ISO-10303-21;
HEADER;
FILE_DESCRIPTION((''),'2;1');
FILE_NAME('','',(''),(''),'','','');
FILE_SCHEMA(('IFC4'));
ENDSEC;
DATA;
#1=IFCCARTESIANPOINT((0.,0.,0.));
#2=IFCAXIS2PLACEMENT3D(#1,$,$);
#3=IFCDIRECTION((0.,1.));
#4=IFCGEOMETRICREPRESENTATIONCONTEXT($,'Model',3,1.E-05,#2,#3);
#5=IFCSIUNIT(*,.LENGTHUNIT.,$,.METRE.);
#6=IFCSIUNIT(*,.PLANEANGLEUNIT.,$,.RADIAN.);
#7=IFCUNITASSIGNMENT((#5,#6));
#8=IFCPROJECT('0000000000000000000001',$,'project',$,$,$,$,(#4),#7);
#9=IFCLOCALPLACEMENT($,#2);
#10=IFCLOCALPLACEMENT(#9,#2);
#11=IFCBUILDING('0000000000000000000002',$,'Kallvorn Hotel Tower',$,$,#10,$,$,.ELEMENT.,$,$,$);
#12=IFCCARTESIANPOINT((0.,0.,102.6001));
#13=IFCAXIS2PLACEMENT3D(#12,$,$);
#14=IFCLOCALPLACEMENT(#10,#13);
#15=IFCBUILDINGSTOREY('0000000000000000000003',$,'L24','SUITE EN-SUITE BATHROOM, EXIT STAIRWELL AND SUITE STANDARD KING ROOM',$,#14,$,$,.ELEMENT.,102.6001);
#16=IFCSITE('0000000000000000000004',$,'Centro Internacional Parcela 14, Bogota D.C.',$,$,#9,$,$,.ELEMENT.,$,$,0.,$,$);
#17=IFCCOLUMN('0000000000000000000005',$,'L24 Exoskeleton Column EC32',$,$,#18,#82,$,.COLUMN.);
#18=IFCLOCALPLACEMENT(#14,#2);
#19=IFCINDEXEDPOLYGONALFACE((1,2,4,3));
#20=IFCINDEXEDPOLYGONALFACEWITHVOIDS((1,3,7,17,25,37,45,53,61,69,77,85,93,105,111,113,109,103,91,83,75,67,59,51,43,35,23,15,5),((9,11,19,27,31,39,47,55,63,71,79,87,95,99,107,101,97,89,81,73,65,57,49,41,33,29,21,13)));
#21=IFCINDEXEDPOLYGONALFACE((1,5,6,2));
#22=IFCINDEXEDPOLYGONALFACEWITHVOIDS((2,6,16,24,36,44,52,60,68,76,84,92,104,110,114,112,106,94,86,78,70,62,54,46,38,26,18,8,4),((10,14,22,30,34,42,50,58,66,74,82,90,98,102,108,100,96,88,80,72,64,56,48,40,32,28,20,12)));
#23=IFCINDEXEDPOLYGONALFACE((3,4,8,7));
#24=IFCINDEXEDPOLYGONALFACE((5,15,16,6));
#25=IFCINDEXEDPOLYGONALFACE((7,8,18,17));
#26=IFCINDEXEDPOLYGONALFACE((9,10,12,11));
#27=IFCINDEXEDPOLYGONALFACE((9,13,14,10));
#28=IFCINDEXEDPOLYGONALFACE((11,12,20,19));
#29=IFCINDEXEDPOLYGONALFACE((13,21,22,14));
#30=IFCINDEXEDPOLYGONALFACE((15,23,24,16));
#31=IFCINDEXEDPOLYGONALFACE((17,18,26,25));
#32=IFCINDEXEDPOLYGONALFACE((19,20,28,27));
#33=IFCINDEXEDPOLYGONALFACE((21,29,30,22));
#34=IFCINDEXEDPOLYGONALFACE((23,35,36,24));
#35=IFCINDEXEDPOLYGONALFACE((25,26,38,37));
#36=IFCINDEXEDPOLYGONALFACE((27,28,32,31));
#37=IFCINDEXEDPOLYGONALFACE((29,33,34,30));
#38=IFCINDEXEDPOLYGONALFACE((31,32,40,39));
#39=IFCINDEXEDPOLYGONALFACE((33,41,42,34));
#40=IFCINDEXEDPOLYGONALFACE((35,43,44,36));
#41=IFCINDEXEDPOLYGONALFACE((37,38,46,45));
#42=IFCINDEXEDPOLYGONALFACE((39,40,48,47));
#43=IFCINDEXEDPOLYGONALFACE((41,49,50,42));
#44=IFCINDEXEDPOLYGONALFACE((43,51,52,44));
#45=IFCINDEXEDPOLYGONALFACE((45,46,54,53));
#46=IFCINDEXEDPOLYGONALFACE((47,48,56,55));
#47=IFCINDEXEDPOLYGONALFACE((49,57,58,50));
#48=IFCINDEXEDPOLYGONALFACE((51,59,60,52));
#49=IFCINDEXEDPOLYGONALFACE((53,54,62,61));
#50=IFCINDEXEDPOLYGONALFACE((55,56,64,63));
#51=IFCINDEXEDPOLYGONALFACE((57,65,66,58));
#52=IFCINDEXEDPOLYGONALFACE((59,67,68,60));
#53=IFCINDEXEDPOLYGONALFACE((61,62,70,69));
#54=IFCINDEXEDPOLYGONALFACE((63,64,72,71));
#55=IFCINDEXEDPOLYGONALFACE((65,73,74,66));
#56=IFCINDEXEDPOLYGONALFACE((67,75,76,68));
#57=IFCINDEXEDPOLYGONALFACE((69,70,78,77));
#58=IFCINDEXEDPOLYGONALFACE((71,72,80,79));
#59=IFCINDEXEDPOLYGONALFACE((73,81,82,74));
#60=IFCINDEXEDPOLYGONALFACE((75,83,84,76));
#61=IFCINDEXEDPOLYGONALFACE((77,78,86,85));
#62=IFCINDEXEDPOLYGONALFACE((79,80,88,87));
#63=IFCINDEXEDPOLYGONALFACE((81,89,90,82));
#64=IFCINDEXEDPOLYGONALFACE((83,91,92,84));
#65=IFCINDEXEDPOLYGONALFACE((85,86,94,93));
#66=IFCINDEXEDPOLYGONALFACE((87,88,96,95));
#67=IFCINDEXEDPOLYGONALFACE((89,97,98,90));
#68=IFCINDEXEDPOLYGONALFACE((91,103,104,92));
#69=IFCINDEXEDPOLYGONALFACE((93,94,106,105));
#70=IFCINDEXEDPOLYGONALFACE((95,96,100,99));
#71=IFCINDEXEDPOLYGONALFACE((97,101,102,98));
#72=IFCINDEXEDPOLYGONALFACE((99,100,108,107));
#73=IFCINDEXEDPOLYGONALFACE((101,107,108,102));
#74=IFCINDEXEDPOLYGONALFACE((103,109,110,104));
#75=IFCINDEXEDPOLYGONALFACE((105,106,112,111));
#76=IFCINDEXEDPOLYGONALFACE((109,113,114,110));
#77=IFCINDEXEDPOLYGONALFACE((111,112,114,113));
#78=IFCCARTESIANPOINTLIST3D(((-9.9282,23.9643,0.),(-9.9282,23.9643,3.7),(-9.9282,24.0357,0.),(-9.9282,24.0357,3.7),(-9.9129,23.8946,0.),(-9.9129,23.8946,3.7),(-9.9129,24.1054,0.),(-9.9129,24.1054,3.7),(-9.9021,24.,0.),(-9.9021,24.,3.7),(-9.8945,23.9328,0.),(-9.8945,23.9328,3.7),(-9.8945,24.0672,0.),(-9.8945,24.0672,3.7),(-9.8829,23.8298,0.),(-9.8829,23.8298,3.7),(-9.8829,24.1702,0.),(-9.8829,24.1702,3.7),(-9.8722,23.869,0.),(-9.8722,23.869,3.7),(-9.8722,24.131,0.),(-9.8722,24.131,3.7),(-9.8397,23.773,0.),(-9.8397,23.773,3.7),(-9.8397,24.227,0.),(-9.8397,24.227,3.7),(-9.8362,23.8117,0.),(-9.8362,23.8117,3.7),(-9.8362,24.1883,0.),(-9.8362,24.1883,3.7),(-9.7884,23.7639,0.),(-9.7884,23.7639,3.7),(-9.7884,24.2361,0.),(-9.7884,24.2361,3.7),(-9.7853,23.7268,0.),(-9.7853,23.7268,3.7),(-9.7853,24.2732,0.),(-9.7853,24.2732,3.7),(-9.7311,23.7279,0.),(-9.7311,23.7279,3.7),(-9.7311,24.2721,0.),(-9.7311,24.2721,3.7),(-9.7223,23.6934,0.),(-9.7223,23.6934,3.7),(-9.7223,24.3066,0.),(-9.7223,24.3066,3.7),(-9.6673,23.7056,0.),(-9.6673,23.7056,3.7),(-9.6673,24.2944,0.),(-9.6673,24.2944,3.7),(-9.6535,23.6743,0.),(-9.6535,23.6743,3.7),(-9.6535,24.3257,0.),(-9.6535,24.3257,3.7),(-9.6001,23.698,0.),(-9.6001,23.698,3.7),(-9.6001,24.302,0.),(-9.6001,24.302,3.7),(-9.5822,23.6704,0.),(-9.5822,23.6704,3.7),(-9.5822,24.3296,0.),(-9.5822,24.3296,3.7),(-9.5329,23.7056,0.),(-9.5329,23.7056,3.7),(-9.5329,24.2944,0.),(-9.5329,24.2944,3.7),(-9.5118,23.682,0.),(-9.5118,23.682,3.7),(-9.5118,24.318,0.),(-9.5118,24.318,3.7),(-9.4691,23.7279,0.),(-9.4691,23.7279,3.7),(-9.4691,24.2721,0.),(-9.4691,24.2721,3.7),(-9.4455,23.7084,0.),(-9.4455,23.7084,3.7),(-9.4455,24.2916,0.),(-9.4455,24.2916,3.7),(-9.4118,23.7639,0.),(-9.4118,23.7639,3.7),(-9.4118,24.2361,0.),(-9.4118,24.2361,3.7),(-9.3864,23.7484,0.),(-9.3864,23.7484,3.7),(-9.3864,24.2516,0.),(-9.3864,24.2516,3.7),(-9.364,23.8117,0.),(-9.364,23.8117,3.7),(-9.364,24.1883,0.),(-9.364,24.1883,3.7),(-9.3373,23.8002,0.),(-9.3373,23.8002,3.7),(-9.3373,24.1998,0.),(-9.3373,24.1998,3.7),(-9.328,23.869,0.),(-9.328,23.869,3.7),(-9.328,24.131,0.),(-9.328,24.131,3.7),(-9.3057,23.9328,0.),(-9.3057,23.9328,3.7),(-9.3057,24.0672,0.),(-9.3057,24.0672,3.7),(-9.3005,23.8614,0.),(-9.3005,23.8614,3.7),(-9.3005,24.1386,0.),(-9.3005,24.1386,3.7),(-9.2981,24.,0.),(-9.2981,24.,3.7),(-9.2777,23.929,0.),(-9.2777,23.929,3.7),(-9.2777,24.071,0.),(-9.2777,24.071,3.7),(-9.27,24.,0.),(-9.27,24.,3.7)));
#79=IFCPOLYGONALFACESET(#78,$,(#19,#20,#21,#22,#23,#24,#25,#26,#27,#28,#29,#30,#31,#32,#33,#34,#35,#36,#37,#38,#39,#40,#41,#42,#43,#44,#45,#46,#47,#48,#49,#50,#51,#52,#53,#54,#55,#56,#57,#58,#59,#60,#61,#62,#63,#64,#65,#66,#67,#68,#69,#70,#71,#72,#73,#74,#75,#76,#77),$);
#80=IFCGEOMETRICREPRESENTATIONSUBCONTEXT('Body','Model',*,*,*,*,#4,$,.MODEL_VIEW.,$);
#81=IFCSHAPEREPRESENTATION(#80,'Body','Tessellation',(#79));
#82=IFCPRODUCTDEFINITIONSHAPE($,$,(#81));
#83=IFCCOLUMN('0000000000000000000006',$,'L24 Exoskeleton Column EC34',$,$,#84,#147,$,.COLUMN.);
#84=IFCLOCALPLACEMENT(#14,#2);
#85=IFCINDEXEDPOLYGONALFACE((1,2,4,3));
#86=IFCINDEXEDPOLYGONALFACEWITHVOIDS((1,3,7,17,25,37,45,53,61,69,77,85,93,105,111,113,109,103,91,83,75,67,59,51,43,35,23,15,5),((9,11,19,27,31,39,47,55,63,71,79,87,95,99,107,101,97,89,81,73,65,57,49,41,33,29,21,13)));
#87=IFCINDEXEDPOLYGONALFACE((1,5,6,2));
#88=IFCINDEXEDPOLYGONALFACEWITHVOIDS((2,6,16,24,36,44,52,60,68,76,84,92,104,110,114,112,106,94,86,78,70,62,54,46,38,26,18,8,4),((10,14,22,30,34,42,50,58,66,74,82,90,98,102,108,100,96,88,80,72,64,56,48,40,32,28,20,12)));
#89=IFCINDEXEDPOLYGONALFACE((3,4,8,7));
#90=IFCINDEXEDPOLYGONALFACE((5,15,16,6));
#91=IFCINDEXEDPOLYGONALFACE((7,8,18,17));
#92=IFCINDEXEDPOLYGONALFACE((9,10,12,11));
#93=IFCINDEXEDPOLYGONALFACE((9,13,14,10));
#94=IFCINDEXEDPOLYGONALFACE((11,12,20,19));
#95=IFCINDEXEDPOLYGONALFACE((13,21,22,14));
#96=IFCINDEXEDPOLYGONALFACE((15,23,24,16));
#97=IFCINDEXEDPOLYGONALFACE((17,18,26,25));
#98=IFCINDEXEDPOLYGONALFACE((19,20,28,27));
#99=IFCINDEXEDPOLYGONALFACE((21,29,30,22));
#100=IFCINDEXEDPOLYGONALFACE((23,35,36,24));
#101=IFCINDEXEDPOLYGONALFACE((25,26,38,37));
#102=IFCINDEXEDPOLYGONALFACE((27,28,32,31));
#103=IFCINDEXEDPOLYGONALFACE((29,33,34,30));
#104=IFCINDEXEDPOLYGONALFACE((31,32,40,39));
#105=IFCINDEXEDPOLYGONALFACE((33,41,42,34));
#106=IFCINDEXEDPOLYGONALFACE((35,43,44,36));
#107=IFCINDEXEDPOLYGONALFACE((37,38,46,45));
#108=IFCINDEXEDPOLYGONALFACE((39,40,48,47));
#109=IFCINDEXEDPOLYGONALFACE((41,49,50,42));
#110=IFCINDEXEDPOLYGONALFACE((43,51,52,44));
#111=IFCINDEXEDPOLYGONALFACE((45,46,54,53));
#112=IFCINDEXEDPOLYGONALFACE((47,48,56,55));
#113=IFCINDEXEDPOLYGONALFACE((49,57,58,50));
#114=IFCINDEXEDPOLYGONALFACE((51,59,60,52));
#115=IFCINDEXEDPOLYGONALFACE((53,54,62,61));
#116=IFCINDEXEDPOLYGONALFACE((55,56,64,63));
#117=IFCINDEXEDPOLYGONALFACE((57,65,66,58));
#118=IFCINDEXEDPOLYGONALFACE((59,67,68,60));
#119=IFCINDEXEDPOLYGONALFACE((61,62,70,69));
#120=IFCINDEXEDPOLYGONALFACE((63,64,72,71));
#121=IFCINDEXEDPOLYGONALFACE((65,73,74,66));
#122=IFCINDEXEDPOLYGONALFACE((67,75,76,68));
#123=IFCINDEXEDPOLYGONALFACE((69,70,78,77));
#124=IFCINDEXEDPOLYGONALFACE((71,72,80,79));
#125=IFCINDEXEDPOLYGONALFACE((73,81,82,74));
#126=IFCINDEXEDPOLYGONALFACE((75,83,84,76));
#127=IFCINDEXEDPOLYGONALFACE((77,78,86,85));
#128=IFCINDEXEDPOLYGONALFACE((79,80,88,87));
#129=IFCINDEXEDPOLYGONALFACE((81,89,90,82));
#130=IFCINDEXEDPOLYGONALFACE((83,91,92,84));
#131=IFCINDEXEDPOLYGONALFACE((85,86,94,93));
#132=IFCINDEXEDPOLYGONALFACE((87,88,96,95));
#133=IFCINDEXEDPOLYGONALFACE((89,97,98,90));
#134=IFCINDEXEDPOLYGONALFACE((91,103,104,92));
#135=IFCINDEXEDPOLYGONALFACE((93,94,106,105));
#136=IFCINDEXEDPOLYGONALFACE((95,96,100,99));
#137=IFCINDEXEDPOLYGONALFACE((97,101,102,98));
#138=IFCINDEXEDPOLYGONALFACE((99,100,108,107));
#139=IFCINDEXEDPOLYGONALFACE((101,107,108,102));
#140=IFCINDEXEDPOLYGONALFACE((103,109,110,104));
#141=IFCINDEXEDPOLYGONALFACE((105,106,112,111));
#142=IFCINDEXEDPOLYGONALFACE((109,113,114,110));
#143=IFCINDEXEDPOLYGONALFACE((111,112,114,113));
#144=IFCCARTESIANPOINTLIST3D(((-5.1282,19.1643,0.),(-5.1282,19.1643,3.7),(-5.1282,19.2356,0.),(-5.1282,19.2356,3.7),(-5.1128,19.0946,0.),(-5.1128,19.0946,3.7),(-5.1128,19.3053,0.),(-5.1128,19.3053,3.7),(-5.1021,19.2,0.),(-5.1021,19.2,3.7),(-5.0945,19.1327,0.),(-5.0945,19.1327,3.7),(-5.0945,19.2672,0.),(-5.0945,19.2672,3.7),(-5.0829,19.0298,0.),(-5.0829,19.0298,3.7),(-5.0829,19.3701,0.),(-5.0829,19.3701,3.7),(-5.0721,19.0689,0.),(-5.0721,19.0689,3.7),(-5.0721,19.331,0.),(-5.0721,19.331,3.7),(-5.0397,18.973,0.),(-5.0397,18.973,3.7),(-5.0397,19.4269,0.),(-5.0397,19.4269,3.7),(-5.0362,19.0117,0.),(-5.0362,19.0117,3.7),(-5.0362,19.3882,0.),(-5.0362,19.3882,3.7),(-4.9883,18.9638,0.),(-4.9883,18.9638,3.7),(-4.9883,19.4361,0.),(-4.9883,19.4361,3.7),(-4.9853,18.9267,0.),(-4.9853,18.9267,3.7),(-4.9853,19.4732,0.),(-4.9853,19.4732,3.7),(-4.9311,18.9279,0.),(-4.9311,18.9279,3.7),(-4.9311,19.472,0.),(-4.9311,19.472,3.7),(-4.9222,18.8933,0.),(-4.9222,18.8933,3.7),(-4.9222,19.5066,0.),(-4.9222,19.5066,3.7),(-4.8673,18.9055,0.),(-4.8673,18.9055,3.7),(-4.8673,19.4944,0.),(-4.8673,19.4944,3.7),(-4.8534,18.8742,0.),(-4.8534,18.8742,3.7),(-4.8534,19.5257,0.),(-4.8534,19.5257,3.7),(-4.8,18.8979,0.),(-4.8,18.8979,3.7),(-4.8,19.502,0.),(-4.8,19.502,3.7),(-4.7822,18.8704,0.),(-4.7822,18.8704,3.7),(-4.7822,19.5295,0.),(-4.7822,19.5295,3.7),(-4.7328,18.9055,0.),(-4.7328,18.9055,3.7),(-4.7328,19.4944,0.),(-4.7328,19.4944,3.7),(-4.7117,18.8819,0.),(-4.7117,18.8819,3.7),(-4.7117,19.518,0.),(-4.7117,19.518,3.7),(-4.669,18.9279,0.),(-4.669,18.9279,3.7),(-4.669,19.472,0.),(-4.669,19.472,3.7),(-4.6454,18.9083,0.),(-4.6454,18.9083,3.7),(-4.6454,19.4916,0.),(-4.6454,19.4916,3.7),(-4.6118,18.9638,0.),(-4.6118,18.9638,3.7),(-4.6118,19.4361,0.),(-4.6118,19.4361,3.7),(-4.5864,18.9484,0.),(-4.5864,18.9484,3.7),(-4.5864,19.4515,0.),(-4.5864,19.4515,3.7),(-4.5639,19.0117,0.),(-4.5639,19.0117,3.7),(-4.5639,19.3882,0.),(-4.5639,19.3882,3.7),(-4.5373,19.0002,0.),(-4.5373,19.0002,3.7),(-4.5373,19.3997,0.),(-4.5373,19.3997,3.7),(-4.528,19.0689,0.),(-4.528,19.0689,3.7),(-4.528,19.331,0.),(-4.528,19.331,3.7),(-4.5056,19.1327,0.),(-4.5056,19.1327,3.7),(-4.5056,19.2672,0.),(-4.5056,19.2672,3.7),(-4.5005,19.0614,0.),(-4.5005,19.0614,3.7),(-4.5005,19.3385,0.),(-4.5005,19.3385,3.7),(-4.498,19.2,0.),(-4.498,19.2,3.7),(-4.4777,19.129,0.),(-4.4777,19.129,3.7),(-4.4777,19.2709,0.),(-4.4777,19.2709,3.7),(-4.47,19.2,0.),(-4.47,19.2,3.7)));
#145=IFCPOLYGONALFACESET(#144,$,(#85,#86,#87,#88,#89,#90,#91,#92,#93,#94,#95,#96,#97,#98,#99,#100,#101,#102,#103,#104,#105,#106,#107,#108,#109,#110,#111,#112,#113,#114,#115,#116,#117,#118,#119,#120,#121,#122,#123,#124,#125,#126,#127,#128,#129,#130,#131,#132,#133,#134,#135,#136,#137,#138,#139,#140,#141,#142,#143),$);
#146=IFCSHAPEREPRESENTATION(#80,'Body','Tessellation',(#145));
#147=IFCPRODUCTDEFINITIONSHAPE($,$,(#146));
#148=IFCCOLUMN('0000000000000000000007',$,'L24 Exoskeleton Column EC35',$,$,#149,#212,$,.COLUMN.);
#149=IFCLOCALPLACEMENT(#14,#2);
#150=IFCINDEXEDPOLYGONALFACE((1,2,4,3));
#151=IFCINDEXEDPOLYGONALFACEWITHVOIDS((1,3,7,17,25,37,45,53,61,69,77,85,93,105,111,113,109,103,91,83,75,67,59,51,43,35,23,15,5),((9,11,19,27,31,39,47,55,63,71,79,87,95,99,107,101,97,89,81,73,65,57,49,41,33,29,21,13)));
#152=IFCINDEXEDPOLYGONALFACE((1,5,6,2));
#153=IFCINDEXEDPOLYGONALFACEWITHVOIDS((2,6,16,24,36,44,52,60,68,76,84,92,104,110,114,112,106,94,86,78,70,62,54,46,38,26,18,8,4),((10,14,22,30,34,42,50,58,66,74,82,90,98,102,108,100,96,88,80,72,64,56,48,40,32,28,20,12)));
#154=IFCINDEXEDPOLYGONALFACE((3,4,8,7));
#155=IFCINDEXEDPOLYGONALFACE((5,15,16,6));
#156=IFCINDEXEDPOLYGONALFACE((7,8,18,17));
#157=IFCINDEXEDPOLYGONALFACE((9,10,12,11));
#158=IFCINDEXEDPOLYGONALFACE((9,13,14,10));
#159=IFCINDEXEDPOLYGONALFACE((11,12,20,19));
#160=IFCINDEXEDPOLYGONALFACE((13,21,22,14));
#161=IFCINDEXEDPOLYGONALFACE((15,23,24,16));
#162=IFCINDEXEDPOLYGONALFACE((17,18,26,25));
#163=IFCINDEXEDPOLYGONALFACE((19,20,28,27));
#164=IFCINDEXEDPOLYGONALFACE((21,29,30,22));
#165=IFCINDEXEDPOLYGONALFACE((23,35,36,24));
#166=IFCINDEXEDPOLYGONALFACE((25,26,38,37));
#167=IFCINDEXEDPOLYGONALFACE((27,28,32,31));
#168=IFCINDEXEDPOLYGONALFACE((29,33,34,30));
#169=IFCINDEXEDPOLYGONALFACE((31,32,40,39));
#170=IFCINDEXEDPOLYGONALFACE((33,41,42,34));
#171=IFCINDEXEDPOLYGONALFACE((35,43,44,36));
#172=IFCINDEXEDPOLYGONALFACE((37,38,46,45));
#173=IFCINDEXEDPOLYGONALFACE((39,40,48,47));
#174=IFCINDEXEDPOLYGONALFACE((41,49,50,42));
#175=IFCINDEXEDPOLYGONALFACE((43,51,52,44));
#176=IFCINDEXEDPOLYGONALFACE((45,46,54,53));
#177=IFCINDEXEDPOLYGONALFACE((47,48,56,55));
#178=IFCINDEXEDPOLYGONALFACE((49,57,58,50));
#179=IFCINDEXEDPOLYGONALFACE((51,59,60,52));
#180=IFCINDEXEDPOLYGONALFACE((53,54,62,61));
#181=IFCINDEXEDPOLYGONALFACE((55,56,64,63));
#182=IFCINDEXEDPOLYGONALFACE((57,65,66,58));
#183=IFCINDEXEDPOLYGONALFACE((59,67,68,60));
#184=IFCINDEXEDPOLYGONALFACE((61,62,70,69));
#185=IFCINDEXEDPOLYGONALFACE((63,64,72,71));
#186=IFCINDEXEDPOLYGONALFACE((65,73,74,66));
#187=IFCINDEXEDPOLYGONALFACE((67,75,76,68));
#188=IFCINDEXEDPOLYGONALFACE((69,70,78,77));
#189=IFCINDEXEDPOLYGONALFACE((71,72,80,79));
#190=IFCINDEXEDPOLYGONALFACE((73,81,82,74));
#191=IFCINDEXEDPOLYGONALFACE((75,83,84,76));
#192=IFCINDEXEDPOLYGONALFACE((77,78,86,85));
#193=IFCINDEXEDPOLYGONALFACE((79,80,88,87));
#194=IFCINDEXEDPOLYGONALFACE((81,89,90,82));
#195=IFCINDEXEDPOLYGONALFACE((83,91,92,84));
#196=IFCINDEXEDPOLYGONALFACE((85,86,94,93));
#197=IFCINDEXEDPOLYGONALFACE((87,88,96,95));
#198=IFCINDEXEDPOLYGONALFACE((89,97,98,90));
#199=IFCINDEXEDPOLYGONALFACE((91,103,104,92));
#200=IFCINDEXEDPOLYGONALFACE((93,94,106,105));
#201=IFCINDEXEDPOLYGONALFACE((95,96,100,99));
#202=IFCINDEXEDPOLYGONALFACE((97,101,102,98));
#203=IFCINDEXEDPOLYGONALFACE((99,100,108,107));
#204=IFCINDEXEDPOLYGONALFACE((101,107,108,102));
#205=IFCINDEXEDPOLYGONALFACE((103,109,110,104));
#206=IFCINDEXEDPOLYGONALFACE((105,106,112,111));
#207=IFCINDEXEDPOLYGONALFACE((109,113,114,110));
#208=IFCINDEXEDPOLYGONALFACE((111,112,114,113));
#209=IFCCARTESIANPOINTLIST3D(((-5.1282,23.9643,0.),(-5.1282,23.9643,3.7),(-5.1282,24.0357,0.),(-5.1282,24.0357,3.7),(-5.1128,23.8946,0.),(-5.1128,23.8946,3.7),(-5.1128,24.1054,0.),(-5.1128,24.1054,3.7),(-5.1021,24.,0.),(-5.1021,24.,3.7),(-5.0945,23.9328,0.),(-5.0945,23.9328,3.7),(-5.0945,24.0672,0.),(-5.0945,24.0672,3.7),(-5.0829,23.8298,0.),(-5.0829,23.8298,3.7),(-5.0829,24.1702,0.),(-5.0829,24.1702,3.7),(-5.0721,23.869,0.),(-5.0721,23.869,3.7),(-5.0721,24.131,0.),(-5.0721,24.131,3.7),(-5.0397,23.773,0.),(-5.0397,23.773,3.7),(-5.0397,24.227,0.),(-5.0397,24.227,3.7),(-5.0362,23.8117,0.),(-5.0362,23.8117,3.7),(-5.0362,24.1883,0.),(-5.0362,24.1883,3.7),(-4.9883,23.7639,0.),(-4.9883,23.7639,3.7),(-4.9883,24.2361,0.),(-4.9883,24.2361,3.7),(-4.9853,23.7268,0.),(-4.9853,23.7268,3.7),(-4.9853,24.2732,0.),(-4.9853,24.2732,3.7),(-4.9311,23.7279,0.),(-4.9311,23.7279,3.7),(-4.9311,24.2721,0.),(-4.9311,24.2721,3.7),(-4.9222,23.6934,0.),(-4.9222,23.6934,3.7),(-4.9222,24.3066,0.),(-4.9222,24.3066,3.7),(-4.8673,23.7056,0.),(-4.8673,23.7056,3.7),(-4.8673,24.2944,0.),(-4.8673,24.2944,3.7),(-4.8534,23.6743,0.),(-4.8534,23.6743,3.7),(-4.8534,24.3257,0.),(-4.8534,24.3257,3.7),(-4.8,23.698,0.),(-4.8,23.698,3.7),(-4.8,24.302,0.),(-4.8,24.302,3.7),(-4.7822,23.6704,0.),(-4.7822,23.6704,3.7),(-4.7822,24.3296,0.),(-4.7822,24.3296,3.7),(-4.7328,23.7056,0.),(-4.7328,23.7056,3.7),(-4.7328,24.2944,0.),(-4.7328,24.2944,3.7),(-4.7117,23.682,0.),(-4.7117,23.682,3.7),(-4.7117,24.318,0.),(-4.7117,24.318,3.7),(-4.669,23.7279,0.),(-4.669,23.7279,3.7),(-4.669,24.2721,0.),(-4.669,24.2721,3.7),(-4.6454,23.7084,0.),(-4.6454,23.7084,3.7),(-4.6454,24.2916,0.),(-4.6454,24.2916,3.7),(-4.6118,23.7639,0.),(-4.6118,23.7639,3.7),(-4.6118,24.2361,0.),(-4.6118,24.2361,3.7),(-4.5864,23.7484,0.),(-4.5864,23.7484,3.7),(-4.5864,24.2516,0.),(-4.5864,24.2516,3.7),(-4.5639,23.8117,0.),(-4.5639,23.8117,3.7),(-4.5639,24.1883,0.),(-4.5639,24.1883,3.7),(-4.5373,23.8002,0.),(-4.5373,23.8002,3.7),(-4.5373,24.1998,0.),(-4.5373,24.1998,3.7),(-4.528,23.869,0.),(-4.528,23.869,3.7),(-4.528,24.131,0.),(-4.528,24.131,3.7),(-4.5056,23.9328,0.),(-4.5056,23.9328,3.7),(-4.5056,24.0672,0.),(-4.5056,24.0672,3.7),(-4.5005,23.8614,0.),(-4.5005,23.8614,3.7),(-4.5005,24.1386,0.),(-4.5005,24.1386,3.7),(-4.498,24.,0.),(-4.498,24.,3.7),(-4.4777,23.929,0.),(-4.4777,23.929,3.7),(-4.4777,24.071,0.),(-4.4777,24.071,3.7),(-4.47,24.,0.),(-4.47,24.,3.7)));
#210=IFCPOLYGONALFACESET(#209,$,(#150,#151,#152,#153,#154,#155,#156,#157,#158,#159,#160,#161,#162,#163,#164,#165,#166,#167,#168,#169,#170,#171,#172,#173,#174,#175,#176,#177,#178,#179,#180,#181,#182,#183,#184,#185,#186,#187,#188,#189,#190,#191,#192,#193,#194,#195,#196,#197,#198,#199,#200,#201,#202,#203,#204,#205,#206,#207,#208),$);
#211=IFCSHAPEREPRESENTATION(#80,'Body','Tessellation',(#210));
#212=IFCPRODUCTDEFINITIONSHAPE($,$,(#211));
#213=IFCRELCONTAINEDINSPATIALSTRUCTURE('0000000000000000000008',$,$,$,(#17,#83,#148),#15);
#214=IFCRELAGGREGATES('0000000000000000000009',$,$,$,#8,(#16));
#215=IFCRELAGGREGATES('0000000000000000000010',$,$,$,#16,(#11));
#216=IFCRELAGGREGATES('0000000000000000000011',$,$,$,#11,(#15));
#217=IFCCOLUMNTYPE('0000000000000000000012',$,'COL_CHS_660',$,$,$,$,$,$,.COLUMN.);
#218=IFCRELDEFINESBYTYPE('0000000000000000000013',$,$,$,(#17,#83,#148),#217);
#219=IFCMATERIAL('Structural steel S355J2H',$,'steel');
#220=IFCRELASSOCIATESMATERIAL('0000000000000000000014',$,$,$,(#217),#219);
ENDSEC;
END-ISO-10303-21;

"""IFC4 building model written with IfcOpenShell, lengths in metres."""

from ifc_helpers import new_model, si_unit, direction, frame, origin, origin_2d, place, context, subcontext, project, spatial, hollow_circle, extrude, material, material_profile, profile_set, type_object, element, save


model = new_model("IFC4")

# Units and contexts
model_context = context("Model", 3, precision=1e-05, world=origin(), true_north=direction((0.0, 1.0)))
body_context = subcontext(model_context, "Body", "Model", "MODEL_VIEW")
ifc_project = project(units=[si_unit("LENGTHUNIT", "METRE"), si_unit("PLANEANGLEUNIT", "RADIAN")], contexts=[model_context])

# Site, building, storey
site_placement = place(None, origin())
site = spatial("IfcSite", under=ifc_project, at=site_placement, Name="Centro Internacional Parcela 14, Bogota D.C.", CompositionType="ELEMENT", RefElevation=0.0)
building_placement = place(site_placement, origin())
building = spatial("IfcBuilding", under=site, at=building_placement, Name="Kallvorn Hotel Tower", CompositionType="ELEMENT")
storey_placement = place(building_placement, frame((0.0, 0.0, 102.6001)))
storey = spatial("IfcBuildingStorey", under=building, at=storey_placement, Name="L24", Description="SUITE EN-SUITE BATHROOM, EXIT STAIRWELL AND SUITE STANDARD KING ROOM", CompositionType="ELEMENT", Elevation=102.6001)

# Columns
ifc_material_1 = material(Name="Structural steel S355J2H", Category="steel")
ifc_material_profile_1 = material_profile(ifc_material_1, hollow_circle(Radius=0.3301, WallThickness=0.0281, at=origin_2d()), Name="CHS 660x28")
ifc_profile_set_1 = profile_set([ifc_material_profile_1], Name="Structural steel S355J2H")
column_type_1 = type_object("IfcColumnType", Name="COL_CHS_660", PredefinedType="COLUMN", material=ifc_profile_set_1)
for number, where, z_axis, x_axis, name in (
    (1, (-9.6001, 24.0, 0.0), (0.0, 0.0, 1.0), (1.0, 0.0, 0.0), "L24 Exoskeleton Column EC32"),
    (2, (-4.8, 19.2, 0.0), (0.0, 0.0, 1.0), (1.0, 0.0, 0.0), "L24 Exoskeleton Column EC34"),
    (3, (-4.8, 24.0, 0.0), (0.0, 0.0, 1.0), (1.0, 0.0, 0.0), "L24 Exoskeleton Column EC35"),
):
    element("IfcColumn", number, at=place(storey_placement, frame(where, z_axis=z_axis, x_axis=x_axis)), inside=storey, type_object=column_type_1, Name=name, PredefinedType="COLUMN", context=body_context, shape_type="SweptSolid", body=[
        extrude(hollow_circle(Radius=0.3301, WallThickness=0.0281, at=origin_2d()), origin(), (0.0, 0.0, 1.0), 3.7),
    ])

save(model, "model.ifc")
